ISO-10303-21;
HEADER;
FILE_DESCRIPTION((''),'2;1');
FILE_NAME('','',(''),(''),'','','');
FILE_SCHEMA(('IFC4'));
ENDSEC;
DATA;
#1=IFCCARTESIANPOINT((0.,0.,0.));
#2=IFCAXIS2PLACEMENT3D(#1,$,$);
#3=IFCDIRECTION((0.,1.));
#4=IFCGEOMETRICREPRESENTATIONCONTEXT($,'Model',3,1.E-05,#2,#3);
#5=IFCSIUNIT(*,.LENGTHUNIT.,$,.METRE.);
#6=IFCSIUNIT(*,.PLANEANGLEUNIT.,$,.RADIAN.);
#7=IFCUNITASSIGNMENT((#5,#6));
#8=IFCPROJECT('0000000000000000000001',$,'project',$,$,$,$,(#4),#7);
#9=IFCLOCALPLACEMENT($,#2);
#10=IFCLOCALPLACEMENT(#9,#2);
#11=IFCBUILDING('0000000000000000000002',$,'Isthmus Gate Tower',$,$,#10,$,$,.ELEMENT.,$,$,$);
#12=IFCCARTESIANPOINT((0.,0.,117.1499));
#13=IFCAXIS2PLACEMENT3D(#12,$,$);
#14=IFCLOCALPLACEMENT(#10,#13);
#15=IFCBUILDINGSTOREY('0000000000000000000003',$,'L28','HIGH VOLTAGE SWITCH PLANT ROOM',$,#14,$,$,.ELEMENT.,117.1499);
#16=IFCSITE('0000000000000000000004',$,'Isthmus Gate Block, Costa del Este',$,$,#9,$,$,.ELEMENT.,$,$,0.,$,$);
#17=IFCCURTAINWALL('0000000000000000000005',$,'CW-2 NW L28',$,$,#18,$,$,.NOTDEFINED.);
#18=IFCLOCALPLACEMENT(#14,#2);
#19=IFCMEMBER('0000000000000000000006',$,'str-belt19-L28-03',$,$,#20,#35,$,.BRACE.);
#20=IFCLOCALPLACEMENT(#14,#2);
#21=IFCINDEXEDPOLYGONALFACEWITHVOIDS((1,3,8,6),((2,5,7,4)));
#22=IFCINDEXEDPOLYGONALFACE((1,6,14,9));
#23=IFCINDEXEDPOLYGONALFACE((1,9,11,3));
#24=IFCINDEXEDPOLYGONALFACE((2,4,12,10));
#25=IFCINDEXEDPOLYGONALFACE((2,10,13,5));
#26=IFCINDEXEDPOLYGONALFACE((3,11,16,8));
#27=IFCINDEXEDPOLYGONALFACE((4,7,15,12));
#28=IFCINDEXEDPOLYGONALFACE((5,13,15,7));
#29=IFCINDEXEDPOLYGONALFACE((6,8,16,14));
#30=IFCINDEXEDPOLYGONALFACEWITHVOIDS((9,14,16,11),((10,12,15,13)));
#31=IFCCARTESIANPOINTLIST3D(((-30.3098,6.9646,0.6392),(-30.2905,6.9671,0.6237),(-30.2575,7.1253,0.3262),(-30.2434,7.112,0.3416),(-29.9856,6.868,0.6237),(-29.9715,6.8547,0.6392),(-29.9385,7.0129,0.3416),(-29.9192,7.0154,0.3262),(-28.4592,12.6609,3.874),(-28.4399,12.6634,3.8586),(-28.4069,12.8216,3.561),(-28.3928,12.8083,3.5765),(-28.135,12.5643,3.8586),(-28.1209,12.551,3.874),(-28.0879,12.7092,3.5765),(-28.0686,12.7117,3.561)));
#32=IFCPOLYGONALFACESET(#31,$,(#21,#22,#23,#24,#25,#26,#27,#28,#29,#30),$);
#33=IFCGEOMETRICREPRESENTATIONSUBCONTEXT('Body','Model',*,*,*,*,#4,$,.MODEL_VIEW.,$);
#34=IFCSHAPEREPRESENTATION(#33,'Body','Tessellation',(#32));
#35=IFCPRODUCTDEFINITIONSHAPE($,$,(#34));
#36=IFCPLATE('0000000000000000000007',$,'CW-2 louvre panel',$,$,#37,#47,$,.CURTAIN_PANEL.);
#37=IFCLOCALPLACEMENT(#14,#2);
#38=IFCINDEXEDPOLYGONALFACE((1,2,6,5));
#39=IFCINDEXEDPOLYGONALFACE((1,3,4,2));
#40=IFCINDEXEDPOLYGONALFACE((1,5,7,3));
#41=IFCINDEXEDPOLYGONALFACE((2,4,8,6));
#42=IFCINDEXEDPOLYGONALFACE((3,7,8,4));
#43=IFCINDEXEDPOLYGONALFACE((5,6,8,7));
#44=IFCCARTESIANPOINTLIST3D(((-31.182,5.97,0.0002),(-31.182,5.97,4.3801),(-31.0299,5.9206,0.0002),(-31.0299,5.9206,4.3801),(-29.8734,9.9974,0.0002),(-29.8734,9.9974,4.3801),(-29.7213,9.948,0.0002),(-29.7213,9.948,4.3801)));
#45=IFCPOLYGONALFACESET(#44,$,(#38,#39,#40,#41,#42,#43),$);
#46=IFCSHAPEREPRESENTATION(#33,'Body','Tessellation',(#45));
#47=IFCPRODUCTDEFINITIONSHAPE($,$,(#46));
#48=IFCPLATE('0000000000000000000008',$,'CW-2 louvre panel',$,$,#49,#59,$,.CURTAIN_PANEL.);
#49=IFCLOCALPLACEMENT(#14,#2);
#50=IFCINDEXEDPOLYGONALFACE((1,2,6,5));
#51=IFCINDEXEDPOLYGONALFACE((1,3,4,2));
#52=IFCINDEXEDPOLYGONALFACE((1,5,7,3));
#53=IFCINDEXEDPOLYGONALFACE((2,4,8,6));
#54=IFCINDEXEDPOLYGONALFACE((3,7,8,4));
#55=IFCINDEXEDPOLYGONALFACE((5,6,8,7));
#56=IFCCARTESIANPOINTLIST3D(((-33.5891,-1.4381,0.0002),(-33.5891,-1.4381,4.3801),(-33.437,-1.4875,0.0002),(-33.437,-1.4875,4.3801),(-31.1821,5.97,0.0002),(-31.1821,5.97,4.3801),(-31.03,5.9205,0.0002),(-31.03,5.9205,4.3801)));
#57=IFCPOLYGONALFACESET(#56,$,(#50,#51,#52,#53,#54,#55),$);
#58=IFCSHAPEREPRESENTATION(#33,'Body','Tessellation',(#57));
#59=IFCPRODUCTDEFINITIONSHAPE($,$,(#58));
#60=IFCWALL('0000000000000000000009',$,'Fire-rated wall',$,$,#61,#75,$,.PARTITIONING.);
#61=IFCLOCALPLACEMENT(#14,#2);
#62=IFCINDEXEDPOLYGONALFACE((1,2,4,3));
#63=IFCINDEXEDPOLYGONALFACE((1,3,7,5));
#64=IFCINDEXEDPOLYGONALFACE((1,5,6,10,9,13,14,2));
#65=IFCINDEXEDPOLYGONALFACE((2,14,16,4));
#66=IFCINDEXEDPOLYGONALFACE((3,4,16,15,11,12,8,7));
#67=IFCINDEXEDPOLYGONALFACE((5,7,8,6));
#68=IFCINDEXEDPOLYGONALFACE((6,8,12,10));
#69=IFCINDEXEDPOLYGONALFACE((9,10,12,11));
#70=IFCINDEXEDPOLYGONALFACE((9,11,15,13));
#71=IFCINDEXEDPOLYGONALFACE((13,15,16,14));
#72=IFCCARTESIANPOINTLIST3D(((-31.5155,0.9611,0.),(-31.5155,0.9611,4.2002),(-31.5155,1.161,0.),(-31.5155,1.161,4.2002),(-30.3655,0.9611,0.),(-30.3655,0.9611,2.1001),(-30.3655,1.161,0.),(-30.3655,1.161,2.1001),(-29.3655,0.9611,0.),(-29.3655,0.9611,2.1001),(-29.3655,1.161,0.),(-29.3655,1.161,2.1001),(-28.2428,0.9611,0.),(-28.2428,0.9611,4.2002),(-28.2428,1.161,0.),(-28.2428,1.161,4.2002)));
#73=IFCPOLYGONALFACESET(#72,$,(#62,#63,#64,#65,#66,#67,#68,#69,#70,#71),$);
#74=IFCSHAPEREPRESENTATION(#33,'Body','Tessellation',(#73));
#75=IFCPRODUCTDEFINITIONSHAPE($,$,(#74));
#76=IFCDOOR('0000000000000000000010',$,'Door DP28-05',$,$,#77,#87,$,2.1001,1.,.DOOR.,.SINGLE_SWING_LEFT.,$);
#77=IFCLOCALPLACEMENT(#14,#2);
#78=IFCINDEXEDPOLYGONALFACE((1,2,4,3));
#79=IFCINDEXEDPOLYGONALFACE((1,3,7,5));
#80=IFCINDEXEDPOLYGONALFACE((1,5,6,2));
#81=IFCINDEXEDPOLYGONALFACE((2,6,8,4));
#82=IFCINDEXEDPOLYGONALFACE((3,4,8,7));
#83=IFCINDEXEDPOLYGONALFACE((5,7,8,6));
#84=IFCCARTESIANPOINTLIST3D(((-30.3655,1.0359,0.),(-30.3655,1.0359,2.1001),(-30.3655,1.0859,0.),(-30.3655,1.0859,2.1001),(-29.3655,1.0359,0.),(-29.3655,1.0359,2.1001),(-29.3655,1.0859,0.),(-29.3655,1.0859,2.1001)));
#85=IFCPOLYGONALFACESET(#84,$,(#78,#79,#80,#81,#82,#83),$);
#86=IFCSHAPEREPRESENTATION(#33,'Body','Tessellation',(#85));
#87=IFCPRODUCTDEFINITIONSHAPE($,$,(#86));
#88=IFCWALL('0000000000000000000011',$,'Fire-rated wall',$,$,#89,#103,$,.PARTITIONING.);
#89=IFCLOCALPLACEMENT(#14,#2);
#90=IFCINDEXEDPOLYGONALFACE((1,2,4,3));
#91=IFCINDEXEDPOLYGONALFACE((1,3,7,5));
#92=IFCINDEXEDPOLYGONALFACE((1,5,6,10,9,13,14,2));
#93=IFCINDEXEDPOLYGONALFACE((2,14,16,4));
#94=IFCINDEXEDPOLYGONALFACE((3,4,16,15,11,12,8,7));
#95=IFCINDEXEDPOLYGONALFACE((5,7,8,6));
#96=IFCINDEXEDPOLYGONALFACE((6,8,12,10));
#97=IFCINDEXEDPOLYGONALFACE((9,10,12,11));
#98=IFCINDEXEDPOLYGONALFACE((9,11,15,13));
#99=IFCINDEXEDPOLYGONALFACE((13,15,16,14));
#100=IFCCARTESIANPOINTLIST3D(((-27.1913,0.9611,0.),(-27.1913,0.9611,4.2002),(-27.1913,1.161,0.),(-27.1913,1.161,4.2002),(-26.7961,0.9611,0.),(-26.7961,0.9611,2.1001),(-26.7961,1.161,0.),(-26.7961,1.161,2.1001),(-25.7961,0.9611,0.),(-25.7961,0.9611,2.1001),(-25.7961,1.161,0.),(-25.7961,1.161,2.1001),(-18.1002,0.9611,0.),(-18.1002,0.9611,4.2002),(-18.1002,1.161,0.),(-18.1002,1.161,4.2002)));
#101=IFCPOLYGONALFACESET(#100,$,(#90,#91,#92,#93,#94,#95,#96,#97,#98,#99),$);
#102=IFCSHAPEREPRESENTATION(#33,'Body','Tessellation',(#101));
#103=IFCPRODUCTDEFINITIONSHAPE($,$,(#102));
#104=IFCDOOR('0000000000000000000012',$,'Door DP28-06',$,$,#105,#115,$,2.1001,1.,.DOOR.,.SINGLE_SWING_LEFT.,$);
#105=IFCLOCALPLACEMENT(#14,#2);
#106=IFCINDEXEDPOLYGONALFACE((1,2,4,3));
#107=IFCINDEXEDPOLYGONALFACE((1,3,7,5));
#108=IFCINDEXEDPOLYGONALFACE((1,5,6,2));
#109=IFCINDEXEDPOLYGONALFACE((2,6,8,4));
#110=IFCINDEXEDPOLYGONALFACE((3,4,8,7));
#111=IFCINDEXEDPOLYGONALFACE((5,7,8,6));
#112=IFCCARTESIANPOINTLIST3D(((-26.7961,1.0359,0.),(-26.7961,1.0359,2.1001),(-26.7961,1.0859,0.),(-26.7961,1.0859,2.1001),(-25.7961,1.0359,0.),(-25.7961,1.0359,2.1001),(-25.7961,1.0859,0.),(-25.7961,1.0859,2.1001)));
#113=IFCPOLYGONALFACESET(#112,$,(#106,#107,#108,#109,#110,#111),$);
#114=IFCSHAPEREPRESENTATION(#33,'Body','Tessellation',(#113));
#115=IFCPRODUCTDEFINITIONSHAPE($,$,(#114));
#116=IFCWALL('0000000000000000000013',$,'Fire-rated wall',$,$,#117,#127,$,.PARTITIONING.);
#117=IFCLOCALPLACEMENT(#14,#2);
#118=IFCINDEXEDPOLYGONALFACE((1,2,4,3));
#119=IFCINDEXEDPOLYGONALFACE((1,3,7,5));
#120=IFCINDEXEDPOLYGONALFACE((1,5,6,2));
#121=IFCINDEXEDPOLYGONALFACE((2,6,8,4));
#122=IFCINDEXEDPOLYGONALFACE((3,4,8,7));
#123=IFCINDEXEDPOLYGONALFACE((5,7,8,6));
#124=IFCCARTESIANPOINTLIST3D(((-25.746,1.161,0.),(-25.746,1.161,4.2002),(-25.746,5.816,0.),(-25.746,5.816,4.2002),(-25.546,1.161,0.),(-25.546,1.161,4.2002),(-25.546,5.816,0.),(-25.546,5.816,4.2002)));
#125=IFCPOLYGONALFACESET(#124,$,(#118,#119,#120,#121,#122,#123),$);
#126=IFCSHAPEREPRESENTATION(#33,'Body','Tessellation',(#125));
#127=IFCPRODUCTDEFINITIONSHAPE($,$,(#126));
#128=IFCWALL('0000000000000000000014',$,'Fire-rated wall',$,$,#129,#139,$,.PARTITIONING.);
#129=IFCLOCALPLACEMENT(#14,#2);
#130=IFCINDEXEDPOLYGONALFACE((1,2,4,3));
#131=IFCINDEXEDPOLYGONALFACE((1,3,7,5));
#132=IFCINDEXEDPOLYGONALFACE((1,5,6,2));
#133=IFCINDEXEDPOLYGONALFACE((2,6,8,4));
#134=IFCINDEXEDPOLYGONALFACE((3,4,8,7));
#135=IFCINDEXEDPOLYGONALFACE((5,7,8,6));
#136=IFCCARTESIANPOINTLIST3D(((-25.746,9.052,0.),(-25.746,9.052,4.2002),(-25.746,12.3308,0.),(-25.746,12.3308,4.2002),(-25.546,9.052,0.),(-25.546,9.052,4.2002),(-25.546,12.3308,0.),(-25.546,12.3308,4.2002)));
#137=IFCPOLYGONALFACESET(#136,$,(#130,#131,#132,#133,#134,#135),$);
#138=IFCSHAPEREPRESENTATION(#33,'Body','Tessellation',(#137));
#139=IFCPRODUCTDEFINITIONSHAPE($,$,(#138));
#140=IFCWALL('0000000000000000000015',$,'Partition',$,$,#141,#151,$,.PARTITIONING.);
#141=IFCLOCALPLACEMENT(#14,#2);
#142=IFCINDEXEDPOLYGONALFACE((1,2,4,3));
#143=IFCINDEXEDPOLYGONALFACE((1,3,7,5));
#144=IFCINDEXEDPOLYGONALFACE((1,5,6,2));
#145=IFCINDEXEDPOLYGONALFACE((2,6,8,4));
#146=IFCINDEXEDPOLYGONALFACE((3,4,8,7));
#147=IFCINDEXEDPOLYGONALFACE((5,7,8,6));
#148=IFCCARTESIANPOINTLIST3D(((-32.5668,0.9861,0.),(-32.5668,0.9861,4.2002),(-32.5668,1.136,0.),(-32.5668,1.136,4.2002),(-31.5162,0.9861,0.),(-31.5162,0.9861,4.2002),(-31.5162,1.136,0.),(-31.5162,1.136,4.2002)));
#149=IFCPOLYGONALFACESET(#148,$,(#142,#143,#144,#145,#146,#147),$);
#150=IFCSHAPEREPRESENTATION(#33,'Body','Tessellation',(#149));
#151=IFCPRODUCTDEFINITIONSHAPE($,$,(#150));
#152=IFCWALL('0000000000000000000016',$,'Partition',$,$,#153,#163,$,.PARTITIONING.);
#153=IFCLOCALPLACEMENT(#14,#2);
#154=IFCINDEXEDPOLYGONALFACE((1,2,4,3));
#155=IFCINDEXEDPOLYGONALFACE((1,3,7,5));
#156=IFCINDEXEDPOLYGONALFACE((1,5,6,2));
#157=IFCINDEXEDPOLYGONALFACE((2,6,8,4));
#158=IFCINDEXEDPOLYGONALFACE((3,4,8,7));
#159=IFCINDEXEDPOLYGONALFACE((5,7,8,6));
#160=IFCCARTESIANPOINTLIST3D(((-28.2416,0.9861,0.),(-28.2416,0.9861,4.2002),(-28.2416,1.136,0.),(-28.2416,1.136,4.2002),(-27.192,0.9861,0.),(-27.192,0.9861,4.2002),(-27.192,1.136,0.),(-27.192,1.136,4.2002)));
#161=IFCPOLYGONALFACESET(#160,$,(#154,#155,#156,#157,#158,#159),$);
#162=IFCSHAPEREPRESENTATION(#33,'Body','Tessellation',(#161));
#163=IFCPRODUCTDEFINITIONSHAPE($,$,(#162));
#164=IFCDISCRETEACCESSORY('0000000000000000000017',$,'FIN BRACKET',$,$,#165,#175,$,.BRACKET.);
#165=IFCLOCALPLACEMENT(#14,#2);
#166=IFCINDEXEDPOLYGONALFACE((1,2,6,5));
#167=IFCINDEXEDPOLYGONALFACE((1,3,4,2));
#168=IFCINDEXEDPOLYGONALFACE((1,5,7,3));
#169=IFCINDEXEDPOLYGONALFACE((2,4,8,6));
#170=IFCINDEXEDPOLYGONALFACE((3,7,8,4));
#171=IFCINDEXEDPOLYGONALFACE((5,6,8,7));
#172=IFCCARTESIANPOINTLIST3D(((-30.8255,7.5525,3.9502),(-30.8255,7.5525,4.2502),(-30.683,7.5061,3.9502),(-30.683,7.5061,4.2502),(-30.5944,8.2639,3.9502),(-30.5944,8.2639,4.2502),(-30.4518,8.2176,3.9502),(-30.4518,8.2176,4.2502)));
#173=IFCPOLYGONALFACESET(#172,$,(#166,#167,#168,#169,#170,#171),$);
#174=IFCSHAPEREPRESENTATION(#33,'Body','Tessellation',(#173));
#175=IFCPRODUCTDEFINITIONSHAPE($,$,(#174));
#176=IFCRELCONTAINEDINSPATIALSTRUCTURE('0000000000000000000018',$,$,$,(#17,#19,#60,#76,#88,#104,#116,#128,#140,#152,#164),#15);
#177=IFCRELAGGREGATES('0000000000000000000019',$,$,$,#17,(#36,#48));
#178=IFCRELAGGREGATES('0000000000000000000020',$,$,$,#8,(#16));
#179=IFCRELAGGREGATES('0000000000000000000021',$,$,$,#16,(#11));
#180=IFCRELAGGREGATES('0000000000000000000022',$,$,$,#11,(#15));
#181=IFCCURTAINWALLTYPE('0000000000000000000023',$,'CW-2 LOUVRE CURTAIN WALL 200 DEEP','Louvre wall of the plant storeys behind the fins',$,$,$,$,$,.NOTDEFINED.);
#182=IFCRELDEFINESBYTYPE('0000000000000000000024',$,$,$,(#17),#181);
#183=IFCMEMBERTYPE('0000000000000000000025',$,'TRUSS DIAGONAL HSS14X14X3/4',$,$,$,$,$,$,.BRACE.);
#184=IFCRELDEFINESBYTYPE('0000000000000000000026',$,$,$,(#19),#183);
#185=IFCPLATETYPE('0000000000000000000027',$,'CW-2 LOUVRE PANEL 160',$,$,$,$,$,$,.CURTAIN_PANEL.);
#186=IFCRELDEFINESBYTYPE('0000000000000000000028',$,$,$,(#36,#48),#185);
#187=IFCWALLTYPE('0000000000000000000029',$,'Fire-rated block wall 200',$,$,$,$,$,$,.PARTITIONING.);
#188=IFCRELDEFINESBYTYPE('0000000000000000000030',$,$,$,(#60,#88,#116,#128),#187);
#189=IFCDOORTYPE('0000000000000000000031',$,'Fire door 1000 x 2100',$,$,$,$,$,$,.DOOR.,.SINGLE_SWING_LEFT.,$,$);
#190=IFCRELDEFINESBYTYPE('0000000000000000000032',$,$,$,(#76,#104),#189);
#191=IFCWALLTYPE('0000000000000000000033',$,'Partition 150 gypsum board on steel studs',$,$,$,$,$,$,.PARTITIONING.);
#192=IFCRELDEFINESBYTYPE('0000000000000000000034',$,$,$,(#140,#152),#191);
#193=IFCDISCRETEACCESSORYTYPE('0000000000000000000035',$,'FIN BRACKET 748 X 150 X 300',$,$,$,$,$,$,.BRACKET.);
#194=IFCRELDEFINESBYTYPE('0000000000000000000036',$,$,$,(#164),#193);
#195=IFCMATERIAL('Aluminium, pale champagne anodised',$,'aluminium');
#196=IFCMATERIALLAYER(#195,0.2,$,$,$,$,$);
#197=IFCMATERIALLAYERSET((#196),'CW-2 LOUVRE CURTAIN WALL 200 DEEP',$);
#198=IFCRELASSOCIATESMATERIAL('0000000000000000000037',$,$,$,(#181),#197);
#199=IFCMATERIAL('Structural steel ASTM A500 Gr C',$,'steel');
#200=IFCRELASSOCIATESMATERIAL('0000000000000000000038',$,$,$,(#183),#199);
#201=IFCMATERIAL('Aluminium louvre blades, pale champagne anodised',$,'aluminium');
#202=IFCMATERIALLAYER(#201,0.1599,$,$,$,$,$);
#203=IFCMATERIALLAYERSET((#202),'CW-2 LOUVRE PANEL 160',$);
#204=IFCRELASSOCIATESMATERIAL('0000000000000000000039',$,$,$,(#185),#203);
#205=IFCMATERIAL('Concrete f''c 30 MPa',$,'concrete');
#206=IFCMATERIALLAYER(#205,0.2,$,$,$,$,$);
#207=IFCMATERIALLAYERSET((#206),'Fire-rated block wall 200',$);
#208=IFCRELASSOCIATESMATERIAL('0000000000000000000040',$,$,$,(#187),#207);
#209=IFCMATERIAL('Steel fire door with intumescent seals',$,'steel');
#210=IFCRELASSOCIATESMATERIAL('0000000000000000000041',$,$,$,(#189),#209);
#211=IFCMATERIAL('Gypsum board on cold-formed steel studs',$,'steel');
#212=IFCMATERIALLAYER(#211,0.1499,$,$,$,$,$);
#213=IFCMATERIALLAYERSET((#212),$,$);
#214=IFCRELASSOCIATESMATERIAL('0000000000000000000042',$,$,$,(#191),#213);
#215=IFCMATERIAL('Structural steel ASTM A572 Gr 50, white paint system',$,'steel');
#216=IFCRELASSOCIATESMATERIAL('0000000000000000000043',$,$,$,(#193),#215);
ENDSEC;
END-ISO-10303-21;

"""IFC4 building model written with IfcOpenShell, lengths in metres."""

from ifc_helpers import new_model, si_unit, direction, frame, frame_2d, origin, origin_2d, place, context, subcontext, project, spatial, rectangle, hollow_rectangle, extrude, material, layer, layer_set, material_profile, profile_set, type_object, element, fill, aggregate, save


model = new_model("IFC4")

# Units and contexts
model_context = context("Model", 3, precision=1e-05, world=origin(), true_north=direction((0.0, 1.0)))
body_context = subcontext(model_context, "Body", "Model", "MODEL_VIEW")
ifc_project = project(units=[si_unit("LENGTHUNIT", "METRE"), si_unit("PLANEANGLEUNIT", "RADIAN")], contexts=[model_context])

# Site, building, storey
site_placement = place(None, origin())
site = spatial("IfcSite", under=ifc_project, at=site_placement, Name="Isthmus Gate Block, Costa del Este", CompositionType="ELEMENT", RefElevation=0.0)
building_placement = place(site_placement, origin())
building = spatial("IfcBuilding", under=site, at=building_placement, Name="Isthmus Gate Tower", CompositionType="ELEMENT")
storey_placement = place(building_placement, frame((0.0, 0.0, 117.1499)))
storey = spatial("IfcBuildingStorey", under=building, at=storey_placement, Name="L28", Description="HIGH VOLTAGE SWITCH PLANT ROOM", CompositionType="ELEMENT", Elevation=117.1499)

# Curtain wall
ifc_material_1 = material(Name="Aluminium, pale champagne anodised", Category="aluminium")
ifc_layer_1 = layer(ifc_material_1, 0.2)
ifc_layer_set_1 = layer_set([ifc_layer_1], Name="CW-2 LOUVRE CURTAIN WALL 200 DEEP")
curtain_wall_type = type_object("IfcCurtainWallType", Name="CW-2 LOUVRE CURTAIN WALL 200 DEEP", Description="Louvre wall of the plant storeys behind the fins", PredefinedType="NOTDEFINED", material=ifc_layer_set_1)
curtain_wall_placement = place(storey_placement, origin())
curtain_wall = element("IfcCurtainWall", 1, at=curtain_wall_placement, inside=storey, type_object=curtain_wall_type, Name="CW-2 NW L28", PredefinedType="NOTDEFINED")

# Member
ifc_material_2 = material(Name="Structural steel ASTM A500 Gr C", Category="steel")
ifc_material_profile_1 = material_profile(ifc_material_2, hollow_rectangle(XDim=0.3557, YDim=0.3557, WallThickness=0.0176, at=origin_2d()), Name="HSS14X14X3/4")
ifc_profile_set_1 = profile_set([ifc_material_profile_1], Name="Structural steel ASTM A500 Gr C")
member_type_1 = type_object("IfcMemberType", Name="TRUSS DIAGONAL HSS14X14X3/4", PredefinedType="BRACE", material=ifc_profile_set_1)
member_1_placement = place(storey_placement, frame((-30.1145, 6.99, 0.4827), z_axis=(0.271861, 0.836815, 0.475218), x_axis=(-0.951069, 0.308979, 0.0)))
element("IfcMember", 2, at=member_1_placement, inside=storey, type_object=member_type_1, Name="str-belt19-L28-03", PredefinedType="BRACE", context=body_context, shape_type="SweptSolid", body=[
    extrude(hollow_rectangle(XDim=0.3557, YDim=0.3557, WallThickness=0.0176, at=origin_2d()), origin(), (0.0, 0.0, 1.0), 6.8071),
])

# Plates
ifc_material_3 = material(Name="Aluminium louvre blades, pale champagne anodised", Category="aluminium")
ifc_layer_2 = layer(ifc_material_3, 0.1599)
ifc_layer_set_2 = layer_set([ifc_layer_2], Name="CW-2 LOUVRE PANEL 160")
plate_type = type_object("IfcPlateType", Name="CW-2 LOUVRE PANEL 160", PredefinedType="CURTAIN_PANEL", material=ifc_layer_set_2)
plate_1_placement = place(storey_placement, frame((-30.4517, 7.959, 0.0002), z_axis=(0.0, 0.0, 1.0), x_axis=(-0.309017, -0.951057, 0.0)))
plate_1 = element("IfcPlate", 3, at=plate_1_placement, type_object=plate_type, Name="CW-2 louvre panel", PredefinedType="CURTAIN_PANEL", context=body_context, shape_type="SweptSolid", body=[
    extrude(rectangle(XDim=4.2346, YDim=0.1599, at=origin_2d()), origin(), (0.0, 0.0, 1.0), 4.3799),
])
plate_2_placement = place(storey_placement, frame((-32.3096, 2.2412, 0.0002), z_axis=(0.0, 0.0, 1.0), x_axis=(-0.309017, -0.951057, 0.0)))
plate_2 = element("IfcPlate", 4, at=plate_2_placement, type_object=plate_type, Name="CW-2 louvre panel", PredefinedType="CURTAIN_PANEL", context=body_context, shape_type="SweptSolid", body=[
    extrude(rectangle(XDim=7.7893, YDim=0.1599, at=origin_2d()), origin(), (0.0, 0.0, 1.0), 4.3799),
])
aggregate(curtain_wall, [plate_1, plate_2])

# Walls, openings, doors
ifc_material_4 = material(Name="Concrete f'c 30 MPa", Category="concrete")
ifc_layer_3 = layer(ifc_material_4, 0.2)
ifc_layer_set_3 = layer_set([ifc_layer_3], Name="Fire-rated block wall 200")
wall_type_1 = type_object("IfcWallType", Name="Fire-rated block wall 200", PredefinedType="PARTITIONING", material=ifc_layer_set_3)
wall_1_placement = place(storey_placement, frame((-31.5154, 1.061, 0.0), z_axis=(0.0, 0.0, 1.0), x_axis=(1.0, 0.0, 0.0)))
wall_1 = element("IfcWall", 5, at=wall_1_placement, inside=storey, type_object=wall_type_1, Name="Fire-rated wall", PredefinedType="PARTITIONING", context=body_context, shape_type="SweptSolid", body=[
    extrude(rectangle(XDim=3.2727, YDim=0.2, at=frame_2d((1.6362, 0.0))), origin(), (0.0, 0.0, 1.0), 4.2002),
])
opening_1_placement = place(wall_1_placement, frame((1.1499, 0.0, 0.0)))
opening_1 = element("IfcOpeningElement", 6, at=opening_1_placement, cuts=wall_1, PredefinedType="OPENING", context=body_context, shape_type="SweptSolid", body=[
    extrude(rectangle(XDim=1.0, YDim=2.1001, at=frame_2d((0.5, 1.05))), frame((0.0, 0.1099, 0.0), z_axis=(0.0, -1.0, 0.0), x_axis=(1.0, 0.0, 0.0)), (0.0, 0.0, 1.0), 0.22),
])
ifc_material_5 = material(Name="Steel fire door with intumescent seals", Category="steel")
door_type = type_object("IfcDoorType", Name="Fire door 1000 x 2100", OperationType="SINGLE_SWING_LEFT", PredefinedType="DOOR", material=ifc_material_5)
door_1_placement = place(opening_1_placement, origin())
door_1 = element("IfcDoor", 7, at=door_1_placement, inside=storey, type_object=door_type, Name="Door DP28-05", OperationType="SINGLE_SWING_LEFT", OverallHeight=2.1001, OverallWidth=1.0, PredefinedType="DOOR", context=body_context, shape_type="SweptSolid", body=[
    extrude(rectangle(XDim=1.0, YDim=2.1001, at=frame_2d((0.5, 1.05))), frame((0.0, 0.0249, 0.0), z_axis=(0.0, -1.0, 0.0), x_axis=(1.0, 0.0, 0.0)), (0.0, 0.0, 1.0), 0.05),
])
fill(opening_1, door_1)
wall_2_placement = place(storey_placement, frame((-27.1912, 1.061, 0.0), z_axis=(0.0, 0.0, 1.0), x_axis=(1.0, 0.0, 0.0)))
wall_2 = element("IfcWall", 8, at=wall_2_placement, inside=storey, type_object=wall_type_1, Name="Fire-rated wall", PredefinedType="PARTITIONING", context=body_context, shape_type="SweptSolid", body=[
    extrude(rectangle(XDim=9.0911, YDim=0.2, at=frame_2d((4.5454, 0.0))), origin(), (0.0, 0.0, 1.0), 4.2002),
])
opening_2_placement = place(wall_2_placement, frame((0.395, 0.0, 0.0)))
opening_2 = element("IfcOpeningElement", 9, at=opening_2_placement, cuts=wall_2, PredefinedType="OPENING", context=body_context, shape_type="SweptSolid", body=[
    extrude(rectangle(XDim=1.0, YDim=2.1001, at=frame_2d((0.5, 1.05))), frame((0.0, 0.1099, 0.0), z_axis=(0.0, -1.0, 0.0), x_axis=(1.0, 0.0, 0.0)), (0.0, 0.0, 1.0), 0.22),
])
door_2_placement = place(opening_2_placement, origin())
door_2 = element("IfcDoor", 10, at=door_2_placement, inside=storey, type_object=door_type, Name="Door DP28-06", OperationType="SINGLE_SWING_LEFT", OverallHeight=2.1001, OverallWidth=1.0, PredefinedType="DOOR", context=body_context, shape_type="SweptSolid", body=[
    extrude(rectangle(XDim=1.0, YDim=2.1001, at=frame_2d((0.5, 1.05))), frame((0.0, 0.0249, 0.0), z_axis=(0.0, -1.0, 0.0), x_axis=(1.0, 0.0, 0.0)), (0.0, 0.0, 1.0), 0.05),
])
fill(opening_2, door_2)

# Walls
wall_3_placement = place(storey_placement, frame((-25.646, 1.1609, 0.0), z_axis=(0.0, 0.0, 1.0), x_axis=(0.0, 1.0, 0.0)))
element("IfcWall", 11, at=wall_3_placement, inside=storey, type_object=wall_type_1, Name="Fire-rated wall", PredefinedType="PARTITIONING", context=body_context, shape_type="SweptSolid", body=[
    extrude(rectangle(XDim=4.655, YDim=0.2, at=frame_2d((2.3276, 0.0))), origin(), (0.0, 0.0, 1.0), 4.2002),
])
wall_4_placement = place(storey_placement, frame((-25.646, 9.052, 0.0), z_axis=(0.0, 0.0, 1.0), x_axis=(0.0, 1.0, 0.0)))
element("IfcWall", 12, at=wall_4_placement, inside=storey, type_object=wall_type_1, Name="Fire-rated wall", PredefinedType="PARTITIONING", context=body_context, shape_type="SweptSolid", body=[
    extrude(rectangle(XDim=3.2788, YDim=0.2, at=frame_2d((1.6394, 0.0))), origin(), (0.0, 0.0, 1.0), 4.2002),
])
ifc_material_6 = material(Name="Gypsum board on cold-formed steel studs", Category="steel")
ifc_layer_4 = layer(ifc_material_6, 0.1499)
ifc_layer_set_4 = layer_set([ifc_layer_4])
wall_type_2 = type_object("IfcWallType", Name="Partition 150 gypsum board on steel studs", PredefinedType="PARTITIONING", material=ifc_layer_set_4)
wall_5_placement = place(storey_placement, frame((-32.5669, 1.061, 0.0), z_axis=(0.0, 0.0, 1.0), x_axis=(1.0, 0.0, 0.0)))
element("IfcWall", 13, at=wall_5_placement, inside=storey, type_object=wall_type_2, Name="Partition", PredefinedType="PARTITIONING", context=body_context, shape_type="SweptSolid", body=[
    extrude(rectangle(XDim=1.0505, YDim=0.1499, at=frame_2d((0.5254, 0.0))), origin(), (0.0, 0.0, 1.0), 4.2002),
])
wall_6_placement = place(storey_placement, frame((-28.2417, 1.061, 0.0), z_axis=(0.0, 0.0, 1.0), x_axis=(1.0, 0.0, 0.0)))
element("IfcWall", 14, at=wall_6_placement, inside=storey, type_object=wall_type_2, Name="Partition", PredefinedType="PARTITIONING", context=body_context, shape_type="SweptSolid", body=[
    extrude(rectangle(XDim=1.0496, YDim=0.1499, at=frame_2d((0.5249, 0.0))), origin(), (0.0, 0.0, 1.0), 4.2002),
])

# Discrete accessory
ifc_material_7 = material(Name="Structural steel ASTM A572 Gr 50, white paint system", Category="steel")
discrete_accessory_type_1 = type_object("IfcDiscreteAccessoryType", Name="FIN BRACKET 748 X 150 X 300", PredefinedType="BRACKET", material=ifc_material_7)
for number, where, z_axis, x_axis, name in (
    (15, (-30.6387, 7.885, 3.9502), (0.0, 0.0, 1.0), (-0.951057, 0.309017, 0.0), "FIN BRACKET"),
):
    element("IfcDiscreteAccessory", number, at=place(storey_placement, frame(where, z_axis=z_axis, x_axis=x_axis)), inside=storey, type_object=discrete_accessory_type_1, Name=name, PredefinedType="BRACKET", context=body_context, shape_type="SweptSolid", body=[
        extrude(rectangle(XDim=0.1499, YDim=0.748, at=origin_2d()), origin(), (0.0, 0.0, 1.0), 0.3),
    ])

save(model, "model.ifc")
